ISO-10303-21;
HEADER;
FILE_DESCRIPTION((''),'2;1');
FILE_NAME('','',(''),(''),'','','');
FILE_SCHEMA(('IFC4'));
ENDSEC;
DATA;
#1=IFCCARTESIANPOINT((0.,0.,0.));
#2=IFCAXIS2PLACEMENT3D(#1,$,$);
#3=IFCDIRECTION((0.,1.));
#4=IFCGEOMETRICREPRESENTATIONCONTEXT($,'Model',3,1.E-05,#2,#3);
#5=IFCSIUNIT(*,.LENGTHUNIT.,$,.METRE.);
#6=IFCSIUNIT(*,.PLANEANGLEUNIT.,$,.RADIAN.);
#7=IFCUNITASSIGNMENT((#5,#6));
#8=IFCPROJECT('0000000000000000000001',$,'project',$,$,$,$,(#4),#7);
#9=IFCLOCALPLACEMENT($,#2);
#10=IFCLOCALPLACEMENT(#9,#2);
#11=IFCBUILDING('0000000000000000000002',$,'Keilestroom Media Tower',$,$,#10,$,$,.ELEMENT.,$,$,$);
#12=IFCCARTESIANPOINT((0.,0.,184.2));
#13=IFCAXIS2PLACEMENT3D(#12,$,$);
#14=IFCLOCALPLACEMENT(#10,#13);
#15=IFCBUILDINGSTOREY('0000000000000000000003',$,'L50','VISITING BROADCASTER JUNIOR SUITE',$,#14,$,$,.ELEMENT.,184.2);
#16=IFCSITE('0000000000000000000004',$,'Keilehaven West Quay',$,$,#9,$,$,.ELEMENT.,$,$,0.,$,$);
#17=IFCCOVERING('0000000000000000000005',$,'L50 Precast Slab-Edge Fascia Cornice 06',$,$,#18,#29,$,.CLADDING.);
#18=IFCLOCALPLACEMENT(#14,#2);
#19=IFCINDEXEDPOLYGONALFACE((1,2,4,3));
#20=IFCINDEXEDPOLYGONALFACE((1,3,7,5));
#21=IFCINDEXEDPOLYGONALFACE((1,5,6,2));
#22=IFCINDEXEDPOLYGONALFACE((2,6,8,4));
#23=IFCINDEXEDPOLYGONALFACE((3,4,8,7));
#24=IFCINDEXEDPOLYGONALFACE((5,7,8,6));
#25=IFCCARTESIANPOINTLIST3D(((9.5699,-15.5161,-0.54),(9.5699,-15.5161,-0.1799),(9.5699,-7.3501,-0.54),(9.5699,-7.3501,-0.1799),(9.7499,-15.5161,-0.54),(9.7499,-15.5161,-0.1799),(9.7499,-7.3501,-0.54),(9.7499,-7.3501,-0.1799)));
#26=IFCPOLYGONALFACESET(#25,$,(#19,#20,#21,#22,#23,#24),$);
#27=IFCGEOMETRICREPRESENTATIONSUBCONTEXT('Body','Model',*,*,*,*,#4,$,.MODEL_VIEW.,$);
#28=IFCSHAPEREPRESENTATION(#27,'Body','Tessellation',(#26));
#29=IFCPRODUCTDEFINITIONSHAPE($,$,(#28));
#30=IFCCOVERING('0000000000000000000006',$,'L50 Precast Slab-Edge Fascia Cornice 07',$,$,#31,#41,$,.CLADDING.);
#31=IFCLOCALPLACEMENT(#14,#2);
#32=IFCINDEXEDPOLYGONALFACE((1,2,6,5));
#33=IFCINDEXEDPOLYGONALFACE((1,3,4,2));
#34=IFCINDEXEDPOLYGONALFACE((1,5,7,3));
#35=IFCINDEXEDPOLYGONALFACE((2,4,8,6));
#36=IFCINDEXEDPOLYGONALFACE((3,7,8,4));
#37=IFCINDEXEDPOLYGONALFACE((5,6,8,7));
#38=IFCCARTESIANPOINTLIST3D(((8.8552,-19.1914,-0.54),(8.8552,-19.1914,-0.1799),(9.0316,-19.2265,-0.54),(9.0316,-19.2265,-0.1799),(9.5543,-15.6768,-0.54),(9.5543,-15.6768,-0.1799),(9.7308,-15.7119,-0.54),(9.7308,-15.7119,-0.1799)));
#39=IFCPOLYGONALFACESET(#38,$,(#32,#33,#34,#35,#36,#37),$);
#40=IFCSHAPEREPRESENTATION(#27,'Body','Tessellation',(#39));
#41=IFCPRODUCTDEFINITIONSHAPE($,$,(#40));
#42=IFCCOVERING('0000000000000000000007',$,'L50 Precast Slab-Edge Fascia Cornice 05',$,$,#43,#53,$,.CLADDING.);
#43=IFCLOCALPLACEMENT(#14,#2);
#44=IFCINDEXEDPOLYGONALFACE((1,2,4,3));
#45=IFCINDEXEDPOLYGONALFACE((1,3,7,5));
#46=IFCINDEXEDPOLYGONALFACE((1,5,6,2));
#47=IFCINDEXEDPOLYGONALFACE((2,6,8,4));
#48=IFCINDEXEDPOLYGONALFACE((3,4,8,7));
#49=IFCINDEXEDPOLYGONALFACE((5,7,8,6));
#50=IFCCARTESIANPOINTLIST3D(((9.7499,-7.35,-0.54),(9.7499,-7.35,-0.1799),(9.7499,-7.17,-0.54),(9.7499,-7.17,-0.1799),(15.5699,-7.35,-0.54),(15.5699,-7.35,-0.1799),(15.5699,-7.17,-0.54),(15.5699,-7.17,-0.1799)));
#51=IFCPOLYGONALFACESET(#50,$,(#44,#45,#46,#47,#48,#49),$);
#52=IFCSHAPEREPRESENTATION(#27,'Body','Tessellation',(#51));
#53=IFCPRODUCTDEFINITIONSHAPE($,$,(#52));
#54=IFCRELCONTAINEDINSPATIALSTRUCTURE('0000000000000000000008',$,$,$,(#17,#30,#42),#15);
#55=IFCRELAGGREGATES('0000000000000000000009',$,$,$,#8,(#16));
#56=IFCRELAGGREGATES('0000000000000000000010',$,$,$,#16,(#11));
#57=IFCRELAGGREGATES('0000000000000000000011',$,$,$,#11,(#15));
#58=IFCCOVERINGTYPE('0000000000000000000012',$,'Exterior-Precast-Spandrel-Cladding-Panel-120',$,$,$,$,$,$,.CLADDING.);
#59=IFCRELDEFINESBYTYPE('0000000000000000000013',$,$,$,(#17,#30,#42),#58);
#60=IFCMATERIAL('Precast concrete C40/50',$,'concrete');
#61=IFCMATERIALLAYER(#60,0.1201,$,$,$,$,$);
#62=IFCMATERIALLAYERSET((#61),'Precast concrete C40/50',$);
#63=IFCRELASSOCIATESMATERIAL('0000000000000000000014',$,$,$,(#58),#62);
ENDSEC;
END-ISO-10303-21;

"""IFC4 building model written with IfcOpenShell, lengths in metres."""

from ifc_helpers import new_model, si_unit, direction, frame, origin, origin_2d, place, context, subcontext, project, spatial, rectangle, extrude, source, transform, mapped, material, layer, layer_set, type_object, element, save


model = new_model("IFC4")

# Units and contexts
model_context = context("Model", 3, precision=1e-05, world=origin(), true_north=direction((0.0, 1.0)))
body_context = subcontext(model_context, "Body", "Model", "MODEL_VIEW")
ifc_project = project(units=[si_unit("LENGTHUNIT", "METRE"), si_unit("PLANEANGLEUNIT", "RADIAN")], contexts=[model_context])

# Site, building, storey
site_placement = place(None, origin())
site = spatial("IfcSite", under=ifc_project, at=site_placement, Name="Keilehaven West Quay", CompositionType="ELEMENT", RefElevation=0.0)
building_placement = place(site_placement, origin())
building = spatial("IfcBuilding", under=site, at=building_placement, Name="Keilestroom Media Tower", CompositionType="ELEMENT")
storey_placement = place(building_placement, frame((0.0, 0.0, 184.2)))
storey = spatial("IfcBuildingStorey", under=building, at=storey_placement, Name="L50", Description="VISITING BROADCASTER JUNIOR SUITE", CompositionType="ELEMENT", Elevation=184.2)

# Shared definitions
ifc_material_1 = material(Name="Precast concrete C40/50", Category="concrete")

# Coverings
ifc_layer_1 = layer(ifc_material_1, 0.1201)
ifc_layer_set_1 = layer_set([ifc_layer_1], Name="Precast concrete C40/50")
covering_type = type_object("IfcCoveringType", Name="Exterior-Precast-Spandrel-Cladding-Panel-120", PredefinedType="CLADDING", material=ifc_layer_set_1)
shared_shape_1 = source(origin(), body_context, "Body", "SweptSolid", [
    extrude(rectangle(XDim=8.166, YDim=0.1799, at=origin_2d()), origin(), (0.0, 0.0, 1.0), 0.3601),
])
covering_1_placement = place(storey_placement, frame((9.6599, -11.4331, -0.54), z_axis=(0.0, 0.0, 1.0), x_axis=(0.0, -1.0, 0.0)))
element("IfcCovering", 1, at=covering_1_placement, inside=storey, type_object=covering_type, Name="L50 Precast Slab-Edge Fascia Cornice 06", PredefinedType="CLADDING", context=body_context, shape_type="MappedRepresentation", body=[
    mapped(shared_shape_1, transform((0.0, 0.0, 0.0), x_axis=(1.0, 0.0, 0.0), y_axis=(0.0, 1.0, 0.0), z_axis=(0.0, 0.0, 1.0), scale=1.0)),
])
shared_shape_2 = source(origin(), body_context, "Body", "SweptSolid", [
    extrude(rectangle(XDim=3.5835, YDim=0.1799, at=origin_2d()), origin(), (0.0, 0.0, 1.0), 0.3601),
])
covering_2_placement = place(storey_placement, frame((9.293, -17.4517, -0.54), z_axis=(0.0, 0.0, 1.0), x_axis=(-0.195099, -0.980784, 0.0)))
element("IfcCovering", 2, at=covering_2_placement, inside=storey, type_object=covering_type, Name="L50 Precast Slab-Edge Fascia Cornice 07", PredefinedType="CLADDING", context=body_context, shape_type="MappedRepresentation", body=[
    mapped(shared_shape_2, transform((0.0, 0.0, 0.0), x_axis=(1.0, 0.0, 0.0), y_axis=(0.0, 1.0, 0.0), z_axis=(0.0, 0.0, 1.0), scale=1.0)),
])
shared_shape_3 = source(origin(), body_context, "Body", "SweptSolid", [
    extrude(rectangle(XDim=5.8201, YDim=0.1799, at=origin_2d()), origin(), (0.0, 0.0, 1.0), 0.3601),
])
covering_3_placement = place(storey_placement, frame((12.6599, -7.26, -0.54), z_axis=(0.0, 0.0, 1.0), x_axis=(-1.0, 0.0, 0.0)))
element("IfcCovering", 3, at=covering_3_placement, inside=storey, type_object=covering_type, Name="L50 Precast Slab-Edge Fascia Cornice 05", PredefinedType="CLADDING", context=body_context, shape_type="MappedRepresentation", body=[
    mapped(shared_shape_3, transform((0.0, 0.0, 0.0), x_axis=(1.0, 0.0, 0.0), y_axis=(0.0, 1.0, 0.0), z_axis=(0.0, 0.0, 1.0), scale=1.0)),
])

save(model, "model.ifc")
